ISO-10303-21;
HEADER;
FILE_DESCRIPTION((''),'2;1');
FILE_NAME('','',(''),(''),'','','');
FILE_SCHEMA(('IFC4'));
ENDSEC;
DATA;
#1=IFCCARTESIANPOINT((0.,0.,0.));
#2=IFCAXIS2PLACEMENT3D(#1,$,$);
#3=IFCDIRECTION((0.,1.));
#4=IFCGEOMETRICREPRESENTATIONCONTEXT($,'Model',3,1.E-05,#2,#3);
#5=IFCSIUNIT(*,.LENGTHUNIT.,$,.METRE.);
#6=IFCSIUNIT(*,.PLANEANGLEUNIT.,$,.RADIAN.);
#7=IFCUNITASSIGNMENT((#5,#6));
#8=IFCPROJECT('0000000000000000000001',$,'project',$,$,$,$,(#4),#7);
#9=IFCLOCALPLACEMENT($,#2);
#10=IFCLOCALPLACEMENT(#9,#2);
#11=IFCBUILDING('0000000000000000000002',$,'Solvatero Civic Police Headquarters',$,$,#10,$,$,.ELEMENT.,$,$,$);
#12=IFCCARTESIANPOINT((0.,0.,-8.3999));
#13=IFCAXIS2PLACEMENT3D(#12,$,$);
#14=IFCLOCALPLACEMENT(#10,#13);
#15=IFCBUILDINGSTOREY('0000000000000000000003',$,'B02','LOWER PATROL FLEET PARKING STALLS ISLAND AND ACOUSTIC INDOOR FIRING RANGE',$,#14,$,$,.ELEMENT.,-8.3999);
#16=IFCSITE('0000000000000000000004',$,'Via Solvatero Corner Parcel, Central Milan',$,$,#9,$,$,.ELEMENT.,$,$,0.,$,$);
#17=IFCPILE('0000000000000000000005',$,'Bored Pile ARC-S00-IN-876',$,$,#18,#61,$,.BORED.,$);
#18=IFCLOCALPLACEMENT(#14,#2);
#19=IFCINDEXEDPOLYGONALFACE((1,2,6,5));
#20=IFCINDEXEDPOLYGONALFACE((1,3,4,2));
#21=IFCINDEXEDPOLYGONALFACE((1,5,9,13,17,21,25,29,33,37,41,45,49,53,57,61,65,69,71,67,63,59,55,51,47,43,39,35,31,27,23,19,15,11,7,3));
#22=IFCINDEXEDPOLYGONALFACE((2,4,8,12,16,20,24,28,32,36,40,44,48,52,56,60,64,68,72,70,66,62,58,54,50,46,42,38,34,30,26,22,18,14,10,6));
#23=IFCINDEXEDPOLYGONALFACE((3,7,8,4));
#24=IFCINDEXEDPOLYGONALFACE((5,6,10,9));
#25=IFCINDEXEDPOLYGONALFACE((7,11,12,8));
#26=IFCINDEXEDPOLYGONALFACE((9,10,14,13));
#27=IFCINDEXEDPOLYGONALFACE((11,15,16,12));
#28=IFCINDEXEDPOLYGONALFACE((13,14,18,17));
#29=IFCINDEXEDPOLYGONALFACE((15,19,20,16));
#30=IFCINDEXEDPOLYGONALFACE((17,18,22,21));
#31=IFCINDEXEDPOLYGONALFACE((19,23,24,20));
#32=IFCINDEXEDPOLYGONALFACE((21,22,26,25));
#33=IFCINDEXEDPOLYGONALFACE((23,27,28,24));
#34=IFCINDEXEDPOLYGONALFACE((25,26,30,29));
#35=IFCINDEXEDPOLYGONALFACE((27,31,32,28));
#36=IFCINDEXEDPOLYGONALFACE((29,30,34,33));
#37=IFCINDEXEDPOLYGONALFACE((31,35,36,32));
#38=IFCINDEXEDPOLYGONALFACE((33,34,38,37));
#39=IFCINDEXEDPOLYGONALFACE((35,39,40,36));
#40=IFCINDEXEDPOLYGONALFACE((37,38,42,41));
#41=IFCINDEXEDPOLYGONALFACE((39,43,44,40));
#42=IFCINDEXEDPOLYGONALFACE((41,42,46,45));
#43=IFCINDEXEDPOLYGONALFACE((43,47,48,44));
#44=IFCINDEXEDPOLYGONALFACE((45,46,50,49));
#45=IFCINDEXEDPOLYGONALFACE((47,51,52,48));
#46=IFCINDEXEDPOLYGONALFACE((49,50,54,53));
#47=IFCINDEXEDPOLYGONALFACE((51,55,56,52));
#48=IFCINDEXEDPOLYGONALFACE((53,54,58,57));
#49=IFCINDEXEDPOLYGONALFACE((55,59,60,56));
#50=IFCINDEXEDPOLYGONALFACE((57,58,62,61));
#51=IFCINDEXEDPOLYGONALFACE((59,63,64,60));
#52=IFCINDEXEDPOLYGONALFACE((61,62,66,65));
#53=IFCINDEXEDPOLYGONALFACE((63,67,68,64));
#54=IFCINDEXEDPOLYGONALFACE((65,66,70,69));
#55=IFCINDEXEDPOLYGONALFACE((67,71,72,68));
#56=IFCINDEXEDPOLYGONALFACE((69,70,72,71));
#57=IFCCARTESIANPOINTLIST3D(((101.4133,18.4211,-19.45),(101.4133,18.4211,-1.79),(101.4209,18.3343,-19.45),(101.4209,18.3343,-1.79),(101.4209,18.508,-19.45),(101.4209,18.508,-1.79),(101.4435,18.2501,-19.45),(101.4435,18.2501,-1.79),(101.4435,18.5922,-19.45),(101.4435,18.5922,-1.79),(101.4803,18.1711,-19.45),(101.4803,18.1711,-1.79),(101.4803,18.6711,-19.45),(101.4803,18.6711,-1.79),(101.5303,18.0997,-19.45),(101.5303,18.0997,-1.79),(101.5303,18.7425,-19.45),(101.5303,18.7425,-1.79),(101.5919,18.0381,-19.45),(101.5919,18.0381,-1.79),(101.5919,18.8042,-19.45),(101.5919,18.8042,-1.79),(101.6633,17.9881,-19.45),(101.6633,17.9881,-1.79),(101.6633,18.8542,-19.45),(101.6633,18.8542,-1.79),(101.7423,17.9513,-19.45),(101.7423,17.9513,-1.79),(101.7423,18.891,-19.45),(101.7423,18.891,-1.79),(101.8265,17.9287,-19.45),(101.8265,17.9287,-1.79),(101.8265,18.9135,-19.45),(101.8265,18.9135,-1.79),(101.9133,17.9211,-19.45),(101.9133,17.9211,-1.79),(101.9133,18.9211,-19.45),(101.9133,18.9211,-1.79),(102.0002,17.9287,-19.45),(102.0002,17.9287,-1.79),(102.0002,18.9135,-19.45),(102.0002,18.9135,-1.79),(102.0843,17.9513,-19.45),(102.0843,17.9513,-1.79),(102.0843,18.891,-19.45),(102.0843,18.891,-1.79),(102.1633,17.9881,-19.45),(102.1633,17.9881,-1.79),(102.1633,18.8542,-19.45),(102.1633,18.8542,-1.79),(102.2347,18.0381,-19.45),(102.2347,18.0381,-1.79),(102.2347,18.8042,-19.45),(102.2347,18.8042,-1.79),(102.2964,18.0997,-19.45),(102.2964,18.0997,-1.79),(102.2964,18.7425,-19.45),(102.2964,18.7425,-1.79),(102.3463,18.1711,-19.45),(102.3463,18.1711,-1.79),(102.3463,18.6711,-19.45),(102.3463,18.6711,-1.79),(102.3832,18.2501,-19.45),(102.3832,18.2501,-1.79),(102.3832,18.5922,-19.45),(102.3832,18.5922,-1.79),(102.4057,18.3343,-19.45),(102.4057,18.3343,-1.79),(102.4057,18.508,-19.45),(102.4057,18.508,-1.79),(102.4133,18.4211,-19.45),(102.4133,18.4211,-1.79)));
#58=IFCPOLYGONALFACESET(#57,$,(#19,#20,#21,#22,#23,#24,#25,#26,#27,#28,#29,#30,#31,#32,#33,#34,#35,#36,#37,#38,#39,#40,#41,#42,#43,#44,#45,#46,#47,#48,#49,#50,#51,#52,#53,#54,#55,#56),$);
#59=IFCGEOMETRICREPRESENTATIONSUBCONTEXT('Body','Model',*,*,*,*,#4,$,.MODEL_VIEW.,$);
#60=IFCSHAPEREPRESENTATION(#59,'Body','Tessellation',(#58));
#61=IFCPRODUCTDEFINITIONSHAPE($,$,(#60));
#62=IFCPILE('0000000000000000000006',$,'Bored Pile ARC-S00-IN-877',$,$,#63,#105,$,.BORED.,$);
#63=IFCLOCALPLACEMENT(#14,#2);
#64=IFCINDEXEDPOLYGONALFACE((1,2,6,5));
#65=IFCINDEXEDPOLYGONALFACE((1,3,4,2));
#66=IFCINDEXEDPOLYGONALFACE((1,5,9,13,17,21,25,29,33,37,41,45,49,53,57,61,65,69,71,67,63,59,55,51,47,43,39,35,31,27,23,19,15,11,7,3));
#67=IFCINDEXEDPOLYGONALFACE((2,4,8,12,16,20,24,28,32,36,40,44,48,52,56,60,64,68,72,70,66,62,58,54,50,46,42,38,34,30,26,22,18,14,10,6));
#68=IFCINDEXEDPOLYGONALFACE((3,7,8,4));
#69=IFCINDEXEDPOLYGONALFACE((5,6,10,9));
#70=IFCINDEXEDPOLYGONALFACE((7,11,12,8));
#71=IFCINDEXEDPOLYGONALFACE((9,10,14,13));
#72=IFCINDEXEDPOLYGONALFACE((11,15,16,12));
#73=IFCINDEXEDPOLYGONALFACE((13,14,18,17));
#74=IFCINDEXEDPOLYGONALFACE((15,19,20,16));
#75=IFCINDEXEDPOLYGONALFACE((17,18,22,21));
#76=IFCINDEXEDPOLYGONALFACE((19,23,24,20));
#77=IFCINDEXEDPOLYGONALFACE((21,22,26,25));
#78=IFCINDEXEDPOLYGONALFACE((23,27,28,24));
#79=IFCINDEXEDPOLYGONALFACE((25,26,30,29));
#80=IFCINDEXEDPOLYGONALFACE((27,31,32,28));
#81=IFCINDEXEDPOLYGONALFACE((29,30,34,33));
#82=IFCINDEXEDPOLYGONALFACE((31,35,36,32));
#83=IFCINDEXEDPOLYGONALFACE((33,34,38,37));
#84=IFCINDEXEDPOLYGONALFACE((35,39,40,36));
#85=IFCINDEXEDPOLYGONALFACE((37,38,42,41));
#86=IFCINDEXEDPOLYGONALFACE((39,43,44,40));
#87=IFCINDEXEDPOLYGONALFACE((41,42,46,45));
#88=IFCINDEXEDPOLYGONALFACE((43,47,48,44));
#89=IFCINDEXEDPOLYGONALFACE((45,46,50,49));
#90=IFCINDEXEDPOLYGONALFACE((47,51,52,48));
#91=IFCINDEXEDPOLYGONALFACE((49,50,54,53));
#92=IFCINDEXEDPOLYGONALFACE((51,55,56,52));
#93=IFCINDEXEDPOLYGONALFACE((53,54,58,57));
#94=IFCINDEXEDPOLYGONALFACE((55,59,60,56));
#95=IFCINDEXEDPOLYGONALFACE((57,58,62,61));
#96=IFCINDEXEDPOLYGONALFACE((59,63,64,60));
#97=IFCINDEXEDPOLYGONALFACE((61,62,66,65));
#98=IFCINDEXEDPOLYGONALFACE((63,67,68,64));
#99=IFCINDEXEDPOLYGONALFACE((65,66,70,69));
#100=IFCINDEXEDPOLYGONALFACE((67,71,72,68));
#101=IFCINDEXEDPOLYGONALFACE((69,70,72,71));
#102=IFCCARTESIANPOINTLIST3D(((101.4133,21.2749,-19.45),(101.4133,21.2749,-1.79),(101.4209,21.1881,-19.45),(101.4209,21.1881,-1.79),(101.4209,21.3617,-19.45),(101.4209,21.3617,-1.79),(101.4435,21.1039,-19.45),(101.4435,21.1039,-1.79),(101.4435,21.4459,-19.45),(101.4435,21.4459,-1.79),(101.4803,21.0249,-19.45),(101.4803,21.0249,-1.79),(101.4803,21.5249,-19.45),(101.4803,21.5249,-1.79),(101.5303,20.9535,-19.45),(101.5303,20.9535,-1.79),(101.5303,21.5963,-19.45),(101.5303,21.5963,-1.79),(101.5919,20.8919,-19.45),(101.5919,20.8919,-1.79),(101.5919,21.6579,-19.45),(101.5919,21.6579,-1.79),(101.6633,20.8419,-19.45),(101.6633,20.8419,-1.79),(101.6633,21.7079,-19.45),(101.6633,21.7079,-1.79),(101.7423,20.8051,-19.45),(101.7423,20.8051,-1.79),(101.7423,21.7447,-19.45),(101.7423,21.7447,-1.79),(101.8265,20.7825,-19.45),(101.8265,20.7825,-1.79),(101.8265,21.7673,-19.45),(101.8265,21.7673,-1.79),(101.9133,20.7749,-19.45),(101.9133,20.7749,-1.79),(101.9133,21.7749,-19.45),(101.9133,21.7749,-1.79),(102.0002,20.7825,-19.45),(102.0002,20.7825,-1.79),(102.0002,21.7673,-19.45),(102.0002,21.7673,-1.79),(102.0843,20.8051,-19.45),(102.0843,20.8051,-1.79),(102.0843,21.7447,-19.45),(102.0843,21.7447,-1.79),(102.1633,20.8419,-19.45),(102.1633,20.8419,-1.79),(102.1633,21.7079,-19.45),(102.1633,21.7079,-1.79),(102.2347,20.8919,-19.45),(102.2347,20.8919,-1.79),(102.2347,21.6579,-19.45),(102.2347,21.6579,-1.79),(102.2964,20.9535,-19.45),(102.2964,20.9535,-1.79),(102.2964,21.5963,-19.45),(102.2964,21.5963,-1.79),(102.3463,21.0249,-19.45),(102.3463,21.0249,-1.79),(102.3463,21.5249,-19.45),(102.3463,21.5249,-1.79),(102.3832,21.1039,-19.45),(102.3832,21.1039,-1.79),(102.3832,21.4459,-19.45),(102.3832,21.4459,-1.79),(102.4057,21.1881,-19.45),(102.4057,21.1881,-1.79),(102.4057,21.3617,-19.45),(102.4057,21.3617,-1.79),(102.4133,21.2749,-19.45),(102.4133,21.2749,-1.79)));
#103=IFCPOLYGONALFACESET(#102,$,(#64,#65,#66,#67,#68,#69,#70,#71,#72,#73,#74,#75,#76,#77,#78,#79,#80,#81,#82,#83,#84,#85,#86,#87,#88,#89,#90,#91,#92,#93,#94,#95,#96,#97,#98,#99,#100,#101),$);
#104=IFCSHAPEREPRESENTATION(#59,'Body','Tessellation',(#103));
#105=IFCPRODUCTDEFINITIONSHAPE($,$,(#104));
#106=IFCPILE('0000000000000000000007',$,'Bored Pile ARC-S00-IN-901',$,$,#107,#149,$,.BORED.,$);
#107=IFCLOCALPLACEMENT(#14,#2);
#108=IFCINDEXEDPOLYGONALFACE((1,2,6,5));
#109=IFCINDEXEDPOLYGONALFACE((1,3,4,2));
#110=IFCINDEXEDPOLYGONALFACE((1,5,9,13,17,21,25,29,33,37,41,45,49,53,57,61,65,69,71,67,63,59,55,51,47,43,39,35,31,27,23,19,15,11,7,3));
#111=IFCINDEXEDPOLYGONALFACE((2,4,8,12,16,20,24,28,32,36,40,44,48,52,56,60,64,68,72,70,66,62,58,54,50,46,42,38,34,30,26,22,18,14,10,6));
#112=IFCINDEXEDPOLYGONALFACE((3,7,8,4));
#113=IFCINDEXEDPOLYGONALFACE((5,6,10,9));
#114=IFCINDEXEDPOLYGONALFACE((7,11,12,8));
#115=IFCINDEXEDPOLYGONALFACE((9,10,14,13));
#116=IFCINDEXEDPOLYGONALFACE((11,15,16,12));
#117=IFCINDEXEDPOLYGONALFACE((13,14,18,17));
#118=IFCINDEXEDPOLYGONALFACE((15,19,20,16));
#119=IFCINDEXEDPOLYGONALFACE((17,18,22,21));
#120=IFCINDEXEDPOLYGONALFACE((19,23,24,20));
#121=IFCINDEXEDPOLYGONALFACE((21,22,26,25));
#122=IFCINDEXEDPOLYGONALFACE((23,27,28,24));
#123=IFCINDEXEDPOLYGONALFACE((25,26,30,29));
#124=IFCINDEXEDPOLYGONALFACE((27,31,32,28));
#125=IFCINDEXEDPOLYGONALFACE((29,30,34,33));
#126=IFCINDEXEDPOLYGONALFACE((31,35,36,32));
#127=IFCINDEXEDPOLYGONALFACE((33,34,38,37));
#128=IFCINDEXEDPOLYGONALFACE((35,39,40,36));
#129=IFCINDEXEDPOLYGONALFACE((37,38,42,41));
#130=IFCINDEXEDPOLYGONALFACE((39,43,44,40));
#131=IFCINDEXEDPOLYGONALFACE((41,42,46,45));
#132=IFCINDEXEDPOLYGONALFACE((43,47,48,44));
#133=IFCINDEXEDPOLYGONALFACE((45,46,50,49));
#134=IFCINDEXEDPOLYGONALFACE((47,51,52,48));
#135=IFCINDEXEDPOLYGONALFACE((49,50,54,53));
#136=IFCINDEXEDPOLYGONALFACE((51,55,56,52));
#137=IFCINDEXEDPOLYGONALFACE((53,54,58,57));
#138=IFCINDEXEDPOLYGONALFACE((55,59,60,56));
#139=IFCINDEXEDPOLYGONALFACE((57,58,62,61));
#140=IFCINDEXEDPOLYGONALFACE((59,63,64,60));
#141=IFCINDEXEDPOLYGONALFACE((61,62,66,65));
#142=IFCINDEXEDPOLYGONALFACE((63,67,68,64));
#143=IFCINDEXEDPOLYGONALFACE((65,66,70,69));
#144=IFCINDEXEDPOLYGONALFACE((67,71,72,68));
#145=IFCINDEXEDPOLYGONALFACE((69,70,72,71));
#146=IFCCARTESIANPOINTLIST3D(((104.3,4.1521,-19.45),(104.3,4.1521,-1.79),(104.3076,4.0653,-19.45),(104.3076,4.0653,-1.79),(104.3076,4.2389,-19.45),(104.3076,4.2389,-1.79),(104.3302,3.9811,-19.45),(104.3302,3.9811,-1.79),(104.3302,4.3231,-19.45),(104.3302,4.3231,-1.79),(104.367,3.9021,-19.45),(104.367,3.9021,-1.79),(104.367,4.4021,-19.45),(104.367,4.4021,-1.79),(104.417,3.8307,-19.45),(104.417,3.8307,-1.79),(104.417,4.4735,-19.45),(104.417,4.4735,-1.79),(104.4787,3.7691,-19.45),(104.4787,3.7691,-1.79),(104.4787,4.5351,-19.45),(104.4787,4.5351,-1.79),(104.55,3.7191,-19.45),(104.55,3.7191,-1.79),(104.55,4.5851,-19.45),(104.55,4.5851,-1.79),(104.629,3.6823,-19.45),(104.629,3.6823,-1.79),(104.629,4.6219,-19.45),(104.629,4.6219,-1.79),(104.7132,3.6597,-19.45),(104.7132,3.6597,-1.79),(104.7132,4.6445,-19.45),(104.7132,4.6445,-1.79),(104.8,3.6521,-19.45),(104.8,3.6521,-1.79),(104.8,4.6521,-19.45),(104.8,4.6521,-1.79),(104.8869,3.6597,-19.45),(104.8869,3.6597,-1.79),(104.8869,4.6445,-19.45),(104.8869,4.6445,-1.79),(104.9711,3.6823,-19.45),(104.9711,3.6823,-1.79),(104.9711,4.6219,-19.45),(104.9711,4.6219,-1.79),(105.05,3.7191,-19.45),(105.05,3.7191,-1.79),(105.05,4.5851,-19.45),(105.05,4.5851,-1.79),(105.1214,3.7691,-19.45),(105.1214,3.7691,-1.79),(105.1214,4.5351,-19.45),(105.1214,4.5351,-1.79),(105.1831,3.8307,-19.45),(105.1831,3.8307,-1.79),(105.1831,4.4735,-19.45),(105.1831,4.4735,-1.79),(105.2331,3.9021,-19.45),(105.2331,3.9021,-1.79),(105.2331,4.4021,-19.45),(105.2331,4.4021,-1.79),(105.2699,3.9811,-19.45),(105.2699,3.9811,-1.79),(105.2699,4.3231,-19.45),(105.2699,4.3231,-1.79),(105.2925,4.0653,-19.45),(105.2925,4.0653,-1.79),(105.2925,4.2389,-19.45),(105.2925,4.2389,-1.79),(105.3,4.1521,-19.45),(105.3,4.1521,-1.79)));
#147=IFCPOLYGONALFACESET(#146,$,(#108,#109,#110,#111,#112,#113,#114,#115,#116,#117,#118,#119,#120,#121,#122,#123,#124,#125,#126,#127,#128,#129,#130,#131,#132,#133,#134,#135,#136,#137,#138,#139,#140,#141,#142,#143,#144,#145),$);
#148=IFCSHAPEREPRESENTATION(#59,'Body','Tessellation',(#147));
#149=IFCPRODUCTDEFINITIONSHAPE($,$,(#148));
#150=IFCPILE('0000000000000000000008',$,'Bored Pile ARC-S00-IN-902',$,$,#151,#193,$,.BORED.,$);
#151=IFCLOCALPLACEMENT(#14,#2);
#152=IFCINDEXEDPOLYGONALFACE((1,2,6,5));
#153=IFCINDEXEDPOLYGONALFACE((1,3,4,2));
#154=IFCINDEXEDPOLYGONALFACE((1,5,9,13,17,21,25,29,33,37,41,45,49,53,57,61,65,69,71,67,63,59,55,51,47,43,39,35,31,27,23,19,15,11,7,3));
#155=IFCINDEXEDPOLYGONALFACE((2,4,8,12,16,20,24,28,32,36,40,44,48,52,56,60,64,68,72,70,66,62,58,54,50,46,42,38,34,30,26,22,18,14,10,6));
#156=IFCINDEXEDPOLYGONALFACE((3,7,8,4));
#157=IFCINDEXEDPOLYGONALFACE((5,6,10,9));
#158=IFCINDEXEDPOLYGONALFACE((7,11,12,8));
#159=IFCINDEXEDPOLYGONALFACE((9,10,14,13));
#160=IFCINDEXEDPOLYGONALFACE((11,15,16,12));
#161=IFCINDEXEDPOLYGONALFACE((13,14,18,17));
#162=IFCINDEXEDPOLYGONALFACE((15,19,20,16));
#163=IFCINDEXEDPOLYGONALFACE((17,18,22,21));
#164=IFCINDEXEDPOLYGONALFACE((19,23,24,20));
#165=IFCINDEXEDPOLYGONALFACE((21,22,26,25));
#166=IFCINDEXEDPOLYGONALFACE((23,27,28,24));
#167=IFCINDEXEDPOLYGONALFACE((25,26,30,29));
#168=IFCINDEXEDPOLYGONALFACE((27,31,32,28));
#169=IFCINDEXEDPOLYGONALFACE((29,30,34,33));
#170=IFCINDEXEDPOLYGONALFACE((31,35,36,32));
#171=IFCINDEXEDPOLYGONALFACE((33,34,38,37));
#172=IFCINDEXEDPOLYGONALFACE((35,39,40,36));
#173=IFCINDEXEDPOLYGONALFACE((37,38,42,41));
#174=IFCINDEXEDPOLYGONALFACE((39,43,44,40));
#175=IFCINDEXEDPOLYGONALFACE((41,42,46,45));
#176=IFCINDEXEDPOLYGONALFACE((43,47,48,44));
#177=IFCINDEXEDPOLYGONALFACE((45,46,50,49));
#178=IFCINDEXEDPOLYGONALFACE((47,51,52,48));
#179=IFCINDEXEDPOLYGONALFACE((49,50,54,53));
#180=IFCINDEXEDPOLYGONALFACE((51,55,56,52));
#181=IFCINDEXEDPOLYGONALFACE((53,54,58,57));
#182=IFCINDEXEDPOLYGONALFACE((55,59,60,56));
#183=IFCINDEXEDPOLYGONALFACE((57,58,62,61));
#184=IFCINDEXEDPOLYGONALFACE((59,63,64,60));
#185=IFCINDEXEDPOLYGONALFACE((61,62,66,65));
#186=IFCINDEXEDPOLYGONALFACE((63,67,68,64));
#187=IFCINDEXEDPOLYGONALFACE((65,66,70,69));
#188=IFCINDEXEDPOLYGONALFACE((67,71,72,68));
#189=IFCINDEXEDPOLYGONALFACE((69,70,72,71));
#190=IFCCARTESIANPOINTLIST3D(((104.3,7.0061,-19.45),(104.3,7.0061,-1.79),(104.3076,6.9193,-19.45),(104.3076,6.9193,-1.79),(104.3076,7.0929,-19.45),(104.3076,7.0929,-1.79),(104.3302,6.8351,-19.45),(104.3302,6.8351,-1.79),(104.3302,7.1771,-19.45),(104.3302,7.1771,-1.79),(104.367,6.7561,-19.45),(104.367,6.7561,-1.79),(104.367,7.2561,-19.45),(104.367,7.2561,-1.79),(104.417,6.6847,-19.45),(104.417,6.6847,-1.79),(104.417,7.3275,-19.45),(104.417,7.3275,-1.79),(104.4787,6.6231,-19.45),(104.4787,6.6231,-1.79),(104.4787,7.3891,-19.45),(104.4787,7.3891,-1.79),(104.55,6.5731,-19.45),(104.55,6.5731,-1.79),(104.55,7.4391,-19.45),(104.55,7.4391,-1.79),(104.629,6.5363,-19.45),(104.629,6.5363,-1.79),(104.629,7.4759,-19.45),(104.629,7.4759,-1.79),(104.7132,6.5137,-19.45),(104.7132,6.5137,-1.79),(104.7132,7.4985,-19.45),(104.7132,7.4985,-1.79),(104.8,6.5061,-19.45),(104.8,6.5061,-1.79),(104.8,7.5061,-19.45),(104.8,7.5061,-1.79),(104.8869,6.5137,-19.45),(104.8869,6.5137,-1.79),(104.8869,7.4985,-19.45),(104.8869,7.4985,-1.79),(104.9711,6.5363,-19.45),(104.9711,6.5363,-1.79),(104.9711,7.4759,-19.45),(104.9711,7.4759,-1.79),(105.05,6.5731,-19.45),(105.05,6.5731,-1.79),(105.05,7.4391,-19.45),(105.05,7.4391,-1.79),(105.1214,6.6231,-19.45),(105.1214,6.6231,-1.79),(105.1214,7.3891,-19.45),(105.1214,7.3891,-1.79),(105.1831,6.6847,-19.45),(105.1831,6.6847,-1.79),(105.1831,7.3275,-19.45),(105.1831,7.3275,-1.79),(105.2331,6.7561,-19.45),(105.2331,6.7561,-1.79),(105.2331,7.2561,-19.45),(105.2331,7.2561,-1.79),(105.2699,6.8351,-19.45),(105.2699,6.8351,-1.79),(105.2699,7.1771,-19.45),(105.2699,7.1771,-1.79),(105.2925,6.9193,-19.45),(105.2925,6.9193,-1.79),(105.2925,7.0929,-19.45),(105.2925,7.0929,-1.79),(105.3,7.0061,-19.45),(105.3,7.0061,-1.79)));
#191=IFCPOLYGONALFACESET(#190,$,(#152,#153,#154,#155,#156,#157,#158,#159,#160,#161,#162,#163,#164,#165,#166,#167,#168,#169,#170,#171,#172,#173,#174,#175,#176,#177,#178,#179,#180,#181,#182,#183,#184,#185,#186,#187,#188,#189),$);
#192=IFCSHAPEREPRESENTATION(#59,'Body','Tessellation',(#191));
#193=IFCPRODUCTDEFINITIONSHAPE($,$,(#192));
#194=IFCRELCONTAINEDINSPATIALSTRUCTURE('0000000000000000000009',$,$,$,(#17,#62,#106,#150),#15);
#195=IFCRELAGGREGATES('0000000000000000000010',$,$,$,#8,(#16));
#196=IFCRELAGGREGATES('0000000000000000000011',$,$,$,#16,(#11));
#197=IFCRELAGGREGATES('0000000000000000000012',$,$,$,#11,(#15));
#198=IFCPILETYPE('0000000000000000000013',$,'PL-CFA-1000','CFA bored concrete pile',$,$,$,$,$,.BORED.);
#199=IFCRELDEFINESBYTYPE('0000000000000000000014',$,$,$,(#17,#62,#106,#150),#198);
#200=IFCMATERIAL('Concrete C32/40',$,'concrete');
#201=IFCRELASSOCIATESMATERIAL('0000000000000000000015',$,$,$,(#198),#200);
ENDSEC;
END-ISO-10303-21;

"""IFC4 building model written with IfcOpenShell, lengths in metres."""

from ifc_helpers import new_model, si_unit, direction, frame, origin, origin_2d, place, context, subcontext, project, spatial, circle, extrude, material, material_profile, profile_set, type_object, element, save


model = new_model("IFC4")

# Units and contexts
model_context = context("Model", 3, precision=1e-05, world=origin(), true_north=direction((0.0, 1.0)))
body_context = subcontext(model_context, "Body", "Model", "MODEL_VIEW")
ifc_project = project(units=[si_unit("LENGTHUNIT", "METRE"), si_unit("PLANEANGLEUNIT", "RADIAN")], contexts=[model_context])

# Site, building, storey
site_placement = place(None, origin())
site = spatial("IfcSite", under=ifc_project, at=site_placement, Name="Via Solvatero Corner Parcel, Central Milan", CompositionType="ELEMENT", RefElevation=0.0)
building_placement = place(site_placement, origin())
building = spatial("IfcBuilding", under=site, at=building_placement, Name="Solvatero Civic Police Headquarters", CompositionType="ELEMENT")
storey_placement = place(building_placement, frame((0.0, 0.0, -8.3999)))
storey = spatial("IfcBuildingStorey", under=building, at=storey_placement, Name="B02", Description="LOWER PATROL FLEET PARKING STALLS ISLAND AND ACOUSTIC INDOOR FIRING RANGE", CompositionType="ELEMENT", Elevation=-8.3999)

# Piles
ifc_material_1 = material(Name="Concrete C32/40", Category="concrete")
ifc_material_profile_1 = material_profile(ifc_material_1, circle(Radius=0.5, at=origin_2d()), Name="CFA PILE D1000")
ifc_profile_set_1 = profile_set([ifc_material_profile_1], Name="Concrete C32/40")
pile_type = type_object("IfcPileType", Name="PL-CFA-1000", Description="CFA bored concrete pile", PredefinedType="BORED", material=ifc_profile_set_1)
for number, where, z_axis, x_axis, name in (
    (1, (101.9133, 18.4211, -1.79), (0.0, 0.0, -1.0), (1.0, 0.0, 0.0), "Bored Pile ARC-S00-IN-876"),
    (2, (101.9133, 21.2749, -1.79), (0.0, 0.0, -1.0), (1.0, 0.0, 0.0), "Bored Pile ARC-S00-IN-877"),
    (3, (104.8, 4.1521, -1.79), (0.0, 0.0, -1.0), (1.0, 0.0, 0.0), "Bored Pile ARC-S00-IN-901"),
    (4, (104.8, 7.0061, -1.79), (0.0, 0.0, -1.0), (1.0, 0.0, 0.0), "Bored Pile ARC-S00-IN-902"),
):
    element("IfcPile", number, at=place(storey_placement, frame(where, z_axis=z_axis, x_axis=x_axis)), inside=storey, type_object=pile_type, Name=name, PredefinedType="BORED", context=body_context, shape_type="SweptSolid", body=[
        extrude(circle(Radius=0.5, at=origin_2d()), origin(), (0.0, 0.0, 1.0), 17.6599),
    ])

save(model, "model.ifc")
